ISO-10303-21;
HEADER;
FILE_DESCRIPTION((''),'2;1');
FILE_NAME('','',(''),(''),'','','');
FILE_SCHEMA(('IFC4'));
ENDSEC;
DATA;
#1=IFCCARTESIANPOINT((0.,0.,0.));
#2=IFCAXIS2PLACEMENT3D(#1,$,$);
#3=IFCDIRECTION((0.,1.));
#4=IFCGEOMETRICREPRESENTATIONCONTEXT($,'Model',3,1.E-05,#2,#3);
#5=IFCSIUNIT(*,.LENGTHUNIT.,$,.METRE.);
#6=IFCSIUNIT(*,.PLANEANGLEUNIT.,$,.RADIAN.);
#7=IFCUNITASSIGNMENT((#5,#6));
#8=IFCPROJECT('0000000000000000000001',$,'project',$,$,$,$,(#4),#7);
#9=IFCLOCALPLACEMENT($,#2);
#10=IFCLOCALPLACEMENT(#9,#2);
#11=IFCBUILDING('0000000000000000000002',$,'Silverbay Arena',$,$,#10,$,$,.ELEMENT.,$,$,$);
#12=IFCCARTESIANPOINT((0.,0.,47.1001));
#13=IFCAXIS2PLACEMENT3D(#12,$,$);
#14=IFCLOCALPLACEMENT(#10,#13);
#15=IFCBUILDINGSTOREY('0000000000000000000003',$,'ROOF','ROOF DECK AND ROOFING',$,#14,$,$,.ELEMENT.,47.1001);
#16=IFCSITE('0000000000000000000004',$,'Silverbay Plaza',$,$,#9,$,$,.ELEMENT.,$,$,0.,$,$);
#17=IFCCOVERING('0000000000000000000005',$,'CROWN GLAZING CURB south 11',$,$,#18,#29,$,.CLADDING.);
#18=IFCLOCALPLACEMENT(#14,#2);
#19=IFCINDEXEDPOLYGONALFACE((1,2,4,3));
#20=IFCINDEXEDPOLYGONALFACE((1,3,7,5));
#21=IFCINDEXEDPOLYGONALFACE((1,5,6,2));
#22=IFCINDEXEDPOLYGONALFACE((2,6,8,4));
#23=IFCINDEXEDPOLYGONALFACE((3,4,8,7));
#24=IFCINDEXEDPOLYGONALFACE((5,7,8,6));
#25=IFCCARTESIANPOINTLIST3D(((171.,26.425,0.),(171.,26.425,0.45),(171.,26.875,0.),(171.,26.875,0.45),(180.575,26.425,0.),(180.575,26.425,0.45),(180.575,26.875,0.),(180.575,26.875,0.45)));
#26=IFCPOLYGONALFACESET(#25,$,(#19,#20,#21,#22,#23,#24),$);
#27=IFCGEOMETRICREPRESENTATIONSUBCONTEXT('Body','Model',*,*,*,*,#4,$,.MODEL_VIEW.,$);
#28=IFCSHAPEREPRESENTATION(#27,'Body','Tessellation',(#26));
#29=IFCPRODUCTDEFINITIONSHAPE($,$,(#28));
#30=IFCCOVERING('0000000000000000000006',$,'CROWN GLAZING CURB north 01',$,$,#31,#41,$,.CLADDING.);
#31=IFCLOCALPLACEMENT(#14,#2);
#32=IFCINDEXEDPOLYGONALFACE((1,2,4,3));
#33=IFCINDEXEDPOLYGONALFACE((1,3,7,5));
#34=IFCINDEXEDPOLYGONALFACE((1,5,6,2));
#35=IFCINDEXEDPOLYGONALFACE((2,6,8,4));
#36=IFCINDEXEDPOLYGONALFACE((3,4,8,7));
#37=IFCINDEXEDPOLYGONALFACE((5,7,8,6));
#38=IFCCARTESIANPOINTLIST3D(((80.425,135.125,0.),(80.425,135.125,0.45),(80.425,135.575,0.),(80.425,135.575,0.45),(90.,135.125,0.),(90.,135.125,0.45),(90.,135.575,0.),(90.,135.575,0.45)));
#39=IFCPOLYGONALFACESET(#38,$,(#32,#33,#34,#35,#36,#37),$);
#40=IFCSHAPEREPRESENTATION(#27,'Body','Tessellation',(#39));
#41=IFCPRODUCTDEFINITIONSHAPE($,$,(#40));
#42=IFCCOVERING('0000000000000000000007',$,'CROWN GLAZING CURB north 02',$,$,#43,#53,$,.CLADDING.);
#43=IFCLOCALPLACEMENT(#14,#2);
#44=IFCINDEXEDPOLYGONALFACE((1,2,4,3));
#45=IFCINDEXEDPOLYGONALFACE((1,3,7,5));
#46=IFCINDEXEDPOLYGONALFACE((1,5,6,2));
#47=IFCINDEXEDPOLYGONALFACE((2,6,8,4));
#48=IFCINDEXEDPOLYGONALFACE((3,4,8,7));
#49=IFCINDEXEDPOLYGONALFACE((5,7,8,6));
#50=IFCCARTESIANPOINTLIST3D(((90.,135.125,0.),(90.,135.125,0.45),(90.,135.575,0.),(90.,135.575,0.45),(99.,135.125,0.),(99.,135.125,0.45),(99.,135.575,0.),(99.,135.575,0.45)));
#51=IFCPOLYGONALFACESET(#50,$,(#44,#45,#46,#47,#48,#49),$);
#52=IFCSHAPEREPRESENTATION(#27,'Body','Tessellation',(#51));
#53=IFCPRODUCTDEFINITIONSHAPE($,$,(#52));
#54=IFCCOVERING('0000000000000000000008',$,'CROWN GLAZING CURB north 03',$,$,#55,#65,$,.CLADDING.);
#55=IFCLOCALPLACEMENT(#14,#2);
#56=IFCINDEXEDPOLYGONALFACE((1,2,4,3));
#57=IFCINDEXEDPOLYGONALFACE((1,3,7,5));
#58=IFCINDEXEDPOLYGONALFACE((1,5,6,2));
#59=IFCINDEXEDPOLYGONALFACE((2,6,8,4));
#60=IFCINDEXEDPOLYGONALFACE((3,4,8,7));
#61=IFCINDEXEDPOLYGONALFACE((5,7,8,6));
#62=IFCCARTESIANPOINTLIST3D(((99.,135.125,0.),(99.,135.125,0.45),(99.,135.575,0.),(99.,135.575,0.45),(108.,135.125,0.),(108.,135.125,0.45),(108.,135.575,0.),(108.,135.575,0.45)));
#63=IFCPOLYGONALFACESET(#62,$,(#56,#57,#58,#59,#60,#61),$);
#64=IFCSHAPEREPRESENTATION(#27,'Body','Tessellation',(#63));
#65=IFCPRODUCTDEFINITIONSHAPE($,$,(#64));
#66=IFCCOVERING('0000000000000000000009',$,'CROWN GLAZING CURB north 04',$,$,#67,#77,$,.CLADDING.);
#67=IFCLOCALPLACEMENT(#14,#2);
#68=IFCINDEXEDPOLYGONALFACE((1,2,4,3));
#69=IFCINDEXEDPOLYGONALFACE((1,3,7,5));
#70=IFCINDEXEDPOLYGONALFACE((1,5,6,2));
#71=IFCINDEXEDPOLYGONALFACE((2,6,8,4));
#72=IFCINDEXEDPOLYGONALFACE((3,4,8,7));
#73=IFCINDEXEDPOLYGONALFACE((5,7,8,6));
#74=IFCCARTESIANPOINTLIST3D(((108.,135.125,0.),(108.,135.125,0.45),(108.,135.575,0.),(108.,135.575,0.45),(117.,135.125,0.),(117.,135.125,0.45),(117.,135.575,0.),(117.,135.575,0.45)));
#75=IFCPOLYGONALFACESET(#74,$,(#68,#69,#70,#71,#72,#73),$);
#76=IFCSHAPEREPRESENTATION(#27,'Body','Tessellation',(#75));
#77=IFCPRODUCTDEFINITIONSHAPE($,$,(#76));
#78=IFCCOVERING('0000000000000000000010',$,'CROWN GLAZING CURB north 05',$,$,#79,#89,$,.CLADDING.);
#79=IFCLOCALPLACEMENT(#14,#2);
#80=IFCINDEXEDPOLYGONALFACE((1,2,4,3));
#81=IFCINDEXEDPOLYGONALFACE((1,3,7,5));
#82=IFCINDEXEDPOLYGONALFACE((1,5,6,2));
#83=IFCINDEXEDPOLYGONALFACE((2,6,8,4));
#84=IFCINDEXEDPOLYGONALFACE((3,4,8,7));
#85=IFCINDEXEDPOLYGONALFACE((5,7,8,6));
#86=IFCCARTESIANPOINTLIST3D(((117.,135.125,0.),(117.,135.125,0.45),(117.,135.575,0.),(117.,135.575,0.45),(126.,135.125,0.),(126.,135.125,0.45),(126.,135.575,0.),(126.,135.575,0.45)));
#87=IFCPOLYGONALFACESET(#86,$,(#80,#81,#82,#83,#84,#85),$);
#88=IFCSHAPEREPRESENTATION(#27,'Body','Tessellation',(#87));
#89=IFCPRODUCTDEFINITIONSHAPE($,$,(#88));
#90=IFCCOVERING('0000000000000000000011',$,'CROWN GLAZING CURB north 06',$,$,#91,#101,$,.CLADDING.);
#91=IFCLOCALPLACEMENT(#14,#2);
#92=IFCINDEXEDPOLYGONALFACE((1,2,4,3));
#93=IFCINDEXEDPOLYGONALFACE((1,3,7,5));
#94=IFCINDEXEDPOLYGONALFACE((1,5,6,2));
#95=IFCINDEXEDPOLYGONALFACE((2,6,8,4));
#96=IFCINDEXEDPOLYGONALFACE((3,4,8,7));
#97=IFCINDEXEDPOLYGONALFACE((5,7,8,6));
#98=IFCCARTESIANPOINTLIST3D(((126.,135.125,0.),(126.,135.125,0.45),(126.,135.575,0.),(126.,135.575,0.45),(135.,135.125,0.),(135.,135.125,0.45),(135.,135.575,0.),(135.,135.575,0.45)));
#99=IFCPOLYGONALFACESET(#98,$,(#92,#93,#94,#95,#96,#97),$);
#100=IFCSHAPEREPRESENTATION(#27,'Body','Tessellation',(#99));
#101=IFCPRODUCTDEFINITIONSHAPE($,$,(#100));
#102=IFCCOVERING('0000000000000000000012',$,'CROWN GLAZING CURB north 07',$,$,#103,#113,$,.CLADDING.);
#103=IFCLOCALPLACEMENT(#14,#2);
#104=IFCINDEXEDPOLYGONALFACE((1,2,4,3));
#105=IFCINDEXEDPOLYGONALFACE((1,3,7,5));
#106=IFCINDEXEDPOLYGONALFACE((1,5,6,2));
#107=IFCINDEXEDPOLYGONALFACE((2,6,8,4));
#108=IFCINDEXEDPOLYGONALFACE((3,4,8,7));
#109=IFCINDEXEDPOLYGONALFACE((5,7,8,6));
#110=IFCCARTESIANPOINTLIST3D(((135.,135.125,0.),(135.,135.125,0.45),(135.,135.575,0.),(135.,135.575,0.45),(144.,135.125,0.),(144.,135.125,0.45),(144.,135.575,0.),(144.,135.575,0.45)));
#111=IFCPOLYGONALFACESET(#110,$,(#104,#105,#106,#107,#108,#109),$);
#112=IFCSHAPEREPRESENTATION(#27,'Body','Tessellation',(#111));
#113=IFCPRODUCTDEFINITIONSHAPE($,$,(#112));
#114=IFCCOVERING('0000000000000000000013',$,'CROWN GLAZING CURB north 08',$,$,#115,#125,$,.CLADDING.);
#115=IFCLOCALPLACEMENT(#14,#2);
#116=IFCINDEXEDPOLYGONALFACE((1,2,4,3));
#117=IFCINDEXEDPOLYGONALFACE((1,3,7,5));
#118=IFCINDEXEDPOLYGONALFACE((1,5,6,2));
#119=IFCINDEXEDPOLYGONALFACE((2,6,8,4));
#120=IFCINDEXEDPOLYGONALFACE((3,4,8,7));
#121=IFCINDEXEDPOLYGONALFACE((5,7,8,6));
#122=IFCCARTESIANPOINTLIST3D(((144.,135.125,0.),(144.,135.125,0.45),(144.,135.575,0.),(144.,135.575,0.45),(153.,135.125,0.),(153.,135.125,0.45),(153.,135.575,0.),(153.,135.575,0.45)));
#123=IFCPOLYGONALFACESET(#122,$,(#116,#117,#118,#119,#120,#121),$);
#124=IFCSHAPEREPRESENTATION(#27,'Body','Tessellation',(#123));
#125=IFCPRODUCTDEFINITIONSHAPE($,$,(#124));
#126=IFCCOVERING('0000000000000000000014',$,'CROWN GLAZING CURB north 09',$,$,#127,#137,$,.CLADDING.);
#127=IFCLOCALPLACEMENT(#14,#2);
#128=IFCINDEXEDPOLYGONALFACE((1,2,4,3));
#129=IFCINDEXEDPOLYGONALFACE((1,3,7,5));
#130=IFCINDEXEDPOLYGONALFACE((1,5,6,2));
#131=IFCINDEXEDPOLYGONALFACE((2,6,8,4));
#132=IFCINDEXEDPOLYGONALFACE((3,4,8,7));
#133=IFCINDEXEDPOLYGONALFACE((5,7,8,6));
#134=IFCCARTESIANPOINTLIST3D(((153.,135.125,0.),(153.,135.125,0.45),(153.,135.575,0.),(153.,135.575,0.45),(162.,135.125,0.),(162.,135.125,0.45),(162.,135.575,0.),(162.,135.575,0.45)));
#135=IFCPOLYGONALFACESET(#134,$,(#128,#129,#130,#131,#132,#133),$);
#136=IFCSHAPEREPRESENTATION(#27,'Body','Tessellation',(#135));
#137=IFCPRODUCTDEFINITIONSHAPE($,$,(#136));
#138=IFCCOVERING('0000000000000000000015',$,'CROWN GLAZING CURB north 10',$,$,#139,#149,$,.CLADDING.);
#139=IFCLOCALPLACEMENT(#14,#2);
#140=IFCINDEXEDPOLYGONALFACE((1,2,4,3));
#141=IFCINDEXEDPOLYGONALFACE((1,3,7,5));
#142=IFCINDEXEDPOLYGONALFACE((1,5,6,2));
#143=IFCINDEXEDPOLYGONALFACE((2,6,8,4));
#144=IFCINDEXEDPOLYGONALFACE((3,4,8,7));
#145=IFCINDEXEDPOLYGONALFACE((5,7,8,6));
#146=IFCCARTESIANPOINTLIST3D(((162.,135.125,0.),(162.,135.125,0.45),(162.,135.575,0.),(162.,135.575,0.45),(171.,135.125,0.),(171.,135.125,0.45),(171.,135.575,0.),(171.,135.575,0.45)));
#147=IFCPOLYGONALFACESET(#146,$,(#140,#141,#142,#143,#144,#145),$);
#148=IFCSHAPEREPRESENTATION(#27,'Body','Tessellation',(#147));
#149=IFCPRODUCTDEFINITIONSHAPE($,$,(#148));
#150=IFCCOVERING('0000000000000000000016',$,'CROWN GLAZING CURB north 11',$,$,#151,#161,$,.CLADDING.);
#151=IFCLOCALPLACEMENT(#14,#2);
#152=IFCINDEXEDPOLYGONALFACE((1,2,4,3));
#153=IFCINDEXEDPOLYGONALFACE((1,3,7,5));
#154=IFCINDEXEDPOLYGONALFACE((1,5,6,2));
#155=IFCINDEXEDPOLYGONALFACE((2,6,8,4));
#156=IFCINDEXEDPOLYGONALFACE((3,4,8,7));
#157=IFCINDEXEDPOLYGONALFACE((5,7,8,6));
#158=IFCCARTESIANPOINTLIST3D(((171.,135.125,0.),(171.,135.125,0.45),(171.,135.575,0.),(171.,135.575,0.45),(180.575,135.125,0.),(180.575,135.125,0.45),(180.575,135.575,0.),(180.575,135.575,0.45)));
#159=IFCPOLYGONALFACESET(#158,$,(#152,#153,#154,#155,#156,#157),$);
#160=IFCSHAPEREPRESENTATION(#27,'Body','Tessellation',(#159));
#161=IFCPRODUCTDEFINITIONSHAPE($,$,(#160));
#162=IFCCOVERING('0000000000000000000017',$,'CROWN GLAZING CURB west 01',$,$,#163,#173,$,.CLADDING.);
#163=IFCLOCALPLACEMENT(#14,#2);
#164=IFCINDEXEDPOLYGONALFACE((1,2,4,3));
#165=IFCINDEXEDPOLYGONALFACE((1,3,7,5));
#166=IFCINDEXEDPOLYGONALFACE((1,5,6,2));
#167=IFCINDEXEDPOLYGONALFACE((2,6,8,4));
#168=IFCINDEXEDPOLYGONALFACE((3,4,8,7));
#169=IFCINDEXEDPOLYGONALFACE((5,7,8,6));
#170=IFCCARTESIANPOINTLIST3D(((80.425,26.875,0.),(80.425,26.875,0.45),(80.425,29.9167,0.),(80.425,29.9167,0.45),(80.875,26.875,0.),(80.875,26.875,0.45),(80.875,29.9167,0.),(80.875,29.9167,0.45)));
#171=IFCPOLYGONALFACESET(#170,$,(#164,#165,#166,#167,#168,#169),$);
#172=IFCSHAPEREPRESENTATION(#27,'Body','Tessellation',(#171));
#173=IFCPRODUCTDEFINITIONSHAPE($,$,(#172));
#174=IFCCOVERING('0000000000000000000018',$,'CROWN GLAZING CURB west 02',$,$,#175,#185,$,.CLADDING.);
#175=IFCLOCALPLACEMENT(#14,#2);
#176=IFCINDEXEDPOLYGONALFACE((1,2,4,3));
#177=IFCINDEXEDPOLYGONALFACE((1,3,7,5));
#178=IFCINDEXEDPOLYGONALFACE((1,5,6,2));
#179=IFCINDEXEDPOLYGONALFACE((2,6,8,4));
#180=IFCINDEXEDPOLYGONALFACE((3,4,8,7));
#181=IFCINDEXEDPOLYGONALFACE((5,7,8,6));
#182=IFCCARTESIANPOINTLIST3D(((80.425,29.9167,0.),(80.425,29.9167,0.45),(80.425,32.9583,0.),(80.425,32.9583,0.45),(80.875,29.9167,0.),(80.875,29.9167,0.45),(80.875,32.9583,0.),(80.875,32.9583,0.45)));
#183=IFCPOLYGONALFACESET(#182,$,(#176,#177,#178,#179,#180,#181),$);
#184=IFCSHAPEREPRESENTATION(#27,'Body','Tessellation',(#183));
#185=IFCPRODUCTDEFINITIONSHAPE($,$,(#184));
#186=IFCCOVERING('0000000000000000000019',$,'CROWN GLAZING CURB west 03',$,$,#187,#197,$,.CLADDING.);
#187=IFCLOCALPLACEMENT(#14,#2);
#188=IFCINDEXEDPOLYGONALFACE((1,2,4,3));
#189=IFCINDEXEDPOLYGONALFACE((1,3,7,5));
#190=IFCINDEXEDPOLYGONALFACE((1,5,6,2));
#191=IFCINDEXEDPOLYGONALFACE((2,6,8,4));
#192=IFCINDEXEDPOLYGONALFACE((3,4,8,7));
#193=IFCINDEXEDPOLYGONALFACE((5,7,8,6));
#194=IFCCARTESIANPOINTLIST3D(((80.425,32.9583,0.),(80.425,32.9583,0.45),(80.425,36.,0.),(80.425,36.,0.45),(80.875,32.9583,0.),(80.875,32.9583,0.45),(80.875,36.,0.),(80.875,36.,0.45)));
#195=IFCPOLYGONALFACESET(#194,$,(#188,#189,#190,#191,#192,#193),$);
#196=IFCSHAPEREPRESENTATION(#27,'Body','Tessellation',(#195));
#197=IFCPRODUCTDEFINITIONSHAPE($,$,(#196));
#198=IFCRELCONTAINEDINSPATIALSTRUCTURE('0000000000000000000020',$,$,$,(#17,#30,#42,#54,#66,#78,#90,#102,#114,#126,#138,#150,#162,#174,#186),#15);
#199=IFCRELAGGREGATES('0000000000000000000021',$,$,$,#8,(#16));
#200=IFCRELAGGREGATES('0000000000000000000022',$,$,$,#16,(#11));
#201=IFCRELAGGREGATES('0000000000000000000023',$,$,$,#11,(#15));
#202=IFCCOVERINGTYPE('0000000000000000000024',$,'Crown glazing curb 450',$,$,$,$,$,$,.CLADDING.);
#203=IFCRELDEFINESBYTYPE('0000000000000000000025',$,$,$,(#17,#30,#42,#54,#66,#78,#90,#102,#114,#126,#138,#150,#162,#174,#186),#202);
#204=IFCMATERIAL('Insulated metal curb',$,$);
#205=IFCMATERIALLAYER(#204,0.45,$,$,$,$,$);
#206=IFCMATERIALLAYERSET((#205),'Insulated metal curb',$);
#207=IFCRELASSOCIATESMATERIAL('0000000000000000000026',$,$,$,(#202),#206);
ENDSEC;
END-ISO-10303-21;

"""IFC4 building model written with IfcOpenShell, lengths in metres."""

from ifc_helpers import new_model, si_unit, direction, frame, origin, place, context, subcontext, project, spatial, polyline, outline, extrude, material, layer, layer_set, type_object, element, save


model = new_model("IFC4")

# Units and contexts
model_context = context("Model", 3, precision=1e-05, world=origin(), true_north=direction((0.0, 1.0)))
body_context = subcontext(model_context, "Body", "Model", "MODEL_VIEW")
ifc_project = project(units=[si_unit("LENGTHUNIT", "METRE"), si_unit("PLANEANGLEUNIT", "RADIAN")], contexts=[model_context])

# Site, building, storey
site_placement = place(None, origin())
site = spatial("IfcSite", under=ifc_project, at=site_placement, Name="Silverbay Plaza", CompositionType="ELEMENT", RefElevation=0.0)
building_placement = place(site_placement, origin())
building = spatial("IfcBuilding", under=site, at=building_placement, Name="Silverbay Arena", CompositionType="ELEMENT")
storey_placement = place(building_placement, frame((0.0, 0.0, 47.1001)))
storey = spatial("IfcBuildingStorey", under=building, at=storey_placement, Name="ROOF", Description="ROOF DECK AND ROOFING", CompositionType="ELEMENT", Elevation=47.1001)

# Coverings
ifc_material = material(Name="Insulated metal curb")
ifc_layer = layer(ifc_material, 0.45)
ifc_layer_set = layer_set([ifc_layer], Name="Insulated metal curb")
covering_type = type_object("IfcCoveringType", Name="Crown glazing curb 450", PredefinedType="CLADDING", material=ifc_layer_set)
covering_1_placement = place(storey_placement, origin())
element("IfcCovering", 1, at=covering_1_placement, inside=storey, type_object=covering_type, Name="CROWN GLAZING CURB south 11", PredefinedType="CLADDING", context=body_context, shape_type="SweptSolid", body=[
    extrude(outline(polyline([(171.0, 26.425), (180.575, 26.425), (180.575, 26.875), (171.0, 26.875), (171.0, 26.425)])), origin(), (0.0, 0.0, 1.0), 0.45),
])
covering_2_placement = place(storey_placement, origin())
element("IfcCovering", 2, at=covering_2_placement, inside=storey, type_object=covering_type, Name="CROWN GLAZING CURB north 01", PredefinedType="CLADDING", context=body_context, shape_type="SweptSolid", body=[
    extrude(outline(polyline([(80.425, 135.125), (90.0, 135.125), (90.0, 135.575), (80.425, 135.575), (80.425, 135.125)])), origin(), (0.0, 0.0, 1.0), 0.45),
])
covering_3_placement = place(storey_placement, origin())
element("IfcCovering", 3, at=covering_3_placement, inside=storey, type_object=covering_type, Name="CROWN GLAZING CURB north 02", PredefinedType="CLADDING", context=body_context, shape_type="SweptSolid", body=[
    extrude(outline(polyline([(90.0, 135.125), (99.0, 135.125), (99.0, 135.575), (90.0, 135.575), (90.0, 135.125)])), origin(), (0.0, 0.0, 1.0), 0.45),
])
covering_4_placement = place(storey_placement, origin())
element("IfcCovering", 4, at=covering_4_placement, inside=storey, type_object=covering_type, Name="CROWN GLAZING CURB north 03", PredefinedType="CLADDING", context=body_context, shape_type="SweptSolid", body=[
    extrude(outline(polyline([(99.0, 135.125), (108.0, 135.125), (108.0, 135.575), (99.0, 135.575), (99.0, 135.125)])), origin(), (0.0, 0.0, 1.0), 0.45),
])
covering_5_placement = place(storey_placement, origin())
element("IfcCovering", 5, at=covering_5_placement, inside=storey, type_object=covering_type, Name="CROWN GLAZING CURB north 04", PredefinedType="CLADDING", context=body_context, shape_type="SweptSolid", body=[
    extrude(outline(polyline([(108.0, 135.125), (117.0, 135.125), (117.0, 135.575), (108.0, 135.575), (108.0, 135.125)])), origin(), (0.0, 0.0, 1.0), 0.45),
])
covering_6_placement = place(storey_placement, origin())
element("IfcCovering", 6, at=covering_6_placement, inside=storey, type_object=covering_type, Name="CROWN GLAZING CURB north 05", PredefinedType="CLADDING", context=body_context, shape_type="SweptSolid", body=[
    extrude(outline(polyline([(117.0, 135.125), (126.0, 135.125), (126.0, 135.575), (117.0, 135.575), (117.0, 135.125)])), origin(), (0.0, 0.0, 1.0), 0.45),
])
covering_7_placement = place(storey_placement, origin())
element("IfcCovering", 7, at=covering_7_placement, inside=storey, type_object=covering_type, Name="CROWN GLAZING CURB north 06", PredefinedType="CLADDING", context=body_context, shape_type="SweptSolid", body=[
    extrude(outline(polyline([(126.0, 135.125), (135.0, 135.125), (135.0, 135.575), (126.0, 135.575), (126.0, 135.125)])), origin(), (0.0, 0.0, 1.0), 0.45),
])
covering_8_placement = place(storey_placement, origin())
element("IfcCovering", 8, at=covering_8_placement, inside=storey, type_object=covering_type, Name="CROWN GLAZING CURB north 07", PredefinedType="CLADDING", context=body_context, shape_type="SweptSolid", body=[
    extrude(outline(polyline([(135.0, 135.125), (144.0, 135.125), (144.0, 135.575), (135.0, 135.575), (135.0, 135.125)])), origin(), (0.0, 0.0, 1.0), 0.45),
])
covering_9_placement = place(storey_placement, origin())
element("IfcCovering", 9, at=covering_9_placement, inside=storey, type_object=covering_type, Name="CROWN GLAZING CURB north 08", PredefinedType="CLADDING", context=body_context, shape_type="SweptSolid", body=[
    extrude(outline(polyline([(144.0, 135.125), (153.0, 135.125), (153.0, 135.575), (144.0, 135.575), (144.0, 135.125)])), origin(), (0.0, 0.0, 1.0), 0.45),
])
covering_10_placement = place(storey_placement, origin())
element("IfcCovering", 10, at=covering_10_placement, inside=storey, type_object=covering_type, Name="CROWN GLAZING CURB north 09", PredefinedType="CLADDING", context=body_context, shape_type="SweptSolid", body=[
    extrude(outline(polyline([(153.0, 135.125), (162.0, 135.125), (162.0, 135.575), (153.0, 135.575), (153.0, 135.125)])), origin(), (0.0, 0.0, 1.0), 0.45),
])
covering_11_placement = place(storey_placement, origin())
element("IfcCovering", 11, at=covering_11_placement, inside=storey, type_object=covering_type, Name="CROWN GLAZING CURB north 10", PredefinedType="CLADDING", context=body_context, shape_type="SweptSolid", body=[
    extrude(outline(polyline([(162.0, 135.125), (171.0, 135.125), (171.0, 135.575), (162.0, 135.575), (162.0, 135.125)])), origin(), (0.0, 0.0, 1.0), 0.45),
])
covering_12_placement = place(storey_placement, origin())
element("IfcCovering", 12, at=covering_12_placement, inside=storey, type_object=covering_type, Name="CROWN GLAZING CURB north 11", PredefinedType="CLADDING", context=body_context, shape_type="SweptSolid", body=[
    extrude(outline(polyline([(171.0, 135.125), (180.575, 135.125), (180.575, 135.575), (171.0, 135.575), (171.0, 135.125)])), origin(), (0.0, 0.0, 1.0), 0.45),
])
covering_13_placement = place(storey_placement, origin())
element("IfcCovering", 13, at=covering_13_placement, inside=storey, type_object=covering_type, Name="CROWN GLAZING CURB west 01", PredefinedType="CLADDING", context=body_context, shape_type="SweptSolid", body=[
    extrude(outline(polyline([(80.425, 26.875), (80.875, 26.875), (80.875, 29.9167), (80.425, 29.9167), (80.425, 26.875)])), origin(), (0.0, 0.0, 1.0), 0.45),
])
covering_14_placement = place(storey_placement, origin())
element("IfcCovering", 14, at=covering_14_placement, inside=storey, type_object=covering_type, Name="CROWN GLAZING CURB west 02", PredefinedType="CLADDING", context=body_context, shape_type="SweptSolid", body=[
    extrude(outline(polyline([(80.425, 29.9167), (80.875, 29.9167), (80.875, 32.9583), (80.425, 32.9583), (80.425, 29.9167)])), origin(), (0.0, 0.0, 1.0), 0.45),
])
covering_15_placement = place(storey_placement, origin())
element("IfcCovering", 15, at=covering_15_placement, inside=storey, type_object=covering_type, Name="CROWN GLAZING CURB west 03", PredefinedType="CLADDING", context=body_context, shape_type="SweptSolid", body=[
    extrude(outline(polyline([(80.425, 32.9583), (80.875, 32.9583), (80.875, 36.0), (80.425, 36.0), (80.425, 32.9583)])), origin(), (0.0, 0.0, 1.0), 0.45),
])

save(model, "model.ifc")
